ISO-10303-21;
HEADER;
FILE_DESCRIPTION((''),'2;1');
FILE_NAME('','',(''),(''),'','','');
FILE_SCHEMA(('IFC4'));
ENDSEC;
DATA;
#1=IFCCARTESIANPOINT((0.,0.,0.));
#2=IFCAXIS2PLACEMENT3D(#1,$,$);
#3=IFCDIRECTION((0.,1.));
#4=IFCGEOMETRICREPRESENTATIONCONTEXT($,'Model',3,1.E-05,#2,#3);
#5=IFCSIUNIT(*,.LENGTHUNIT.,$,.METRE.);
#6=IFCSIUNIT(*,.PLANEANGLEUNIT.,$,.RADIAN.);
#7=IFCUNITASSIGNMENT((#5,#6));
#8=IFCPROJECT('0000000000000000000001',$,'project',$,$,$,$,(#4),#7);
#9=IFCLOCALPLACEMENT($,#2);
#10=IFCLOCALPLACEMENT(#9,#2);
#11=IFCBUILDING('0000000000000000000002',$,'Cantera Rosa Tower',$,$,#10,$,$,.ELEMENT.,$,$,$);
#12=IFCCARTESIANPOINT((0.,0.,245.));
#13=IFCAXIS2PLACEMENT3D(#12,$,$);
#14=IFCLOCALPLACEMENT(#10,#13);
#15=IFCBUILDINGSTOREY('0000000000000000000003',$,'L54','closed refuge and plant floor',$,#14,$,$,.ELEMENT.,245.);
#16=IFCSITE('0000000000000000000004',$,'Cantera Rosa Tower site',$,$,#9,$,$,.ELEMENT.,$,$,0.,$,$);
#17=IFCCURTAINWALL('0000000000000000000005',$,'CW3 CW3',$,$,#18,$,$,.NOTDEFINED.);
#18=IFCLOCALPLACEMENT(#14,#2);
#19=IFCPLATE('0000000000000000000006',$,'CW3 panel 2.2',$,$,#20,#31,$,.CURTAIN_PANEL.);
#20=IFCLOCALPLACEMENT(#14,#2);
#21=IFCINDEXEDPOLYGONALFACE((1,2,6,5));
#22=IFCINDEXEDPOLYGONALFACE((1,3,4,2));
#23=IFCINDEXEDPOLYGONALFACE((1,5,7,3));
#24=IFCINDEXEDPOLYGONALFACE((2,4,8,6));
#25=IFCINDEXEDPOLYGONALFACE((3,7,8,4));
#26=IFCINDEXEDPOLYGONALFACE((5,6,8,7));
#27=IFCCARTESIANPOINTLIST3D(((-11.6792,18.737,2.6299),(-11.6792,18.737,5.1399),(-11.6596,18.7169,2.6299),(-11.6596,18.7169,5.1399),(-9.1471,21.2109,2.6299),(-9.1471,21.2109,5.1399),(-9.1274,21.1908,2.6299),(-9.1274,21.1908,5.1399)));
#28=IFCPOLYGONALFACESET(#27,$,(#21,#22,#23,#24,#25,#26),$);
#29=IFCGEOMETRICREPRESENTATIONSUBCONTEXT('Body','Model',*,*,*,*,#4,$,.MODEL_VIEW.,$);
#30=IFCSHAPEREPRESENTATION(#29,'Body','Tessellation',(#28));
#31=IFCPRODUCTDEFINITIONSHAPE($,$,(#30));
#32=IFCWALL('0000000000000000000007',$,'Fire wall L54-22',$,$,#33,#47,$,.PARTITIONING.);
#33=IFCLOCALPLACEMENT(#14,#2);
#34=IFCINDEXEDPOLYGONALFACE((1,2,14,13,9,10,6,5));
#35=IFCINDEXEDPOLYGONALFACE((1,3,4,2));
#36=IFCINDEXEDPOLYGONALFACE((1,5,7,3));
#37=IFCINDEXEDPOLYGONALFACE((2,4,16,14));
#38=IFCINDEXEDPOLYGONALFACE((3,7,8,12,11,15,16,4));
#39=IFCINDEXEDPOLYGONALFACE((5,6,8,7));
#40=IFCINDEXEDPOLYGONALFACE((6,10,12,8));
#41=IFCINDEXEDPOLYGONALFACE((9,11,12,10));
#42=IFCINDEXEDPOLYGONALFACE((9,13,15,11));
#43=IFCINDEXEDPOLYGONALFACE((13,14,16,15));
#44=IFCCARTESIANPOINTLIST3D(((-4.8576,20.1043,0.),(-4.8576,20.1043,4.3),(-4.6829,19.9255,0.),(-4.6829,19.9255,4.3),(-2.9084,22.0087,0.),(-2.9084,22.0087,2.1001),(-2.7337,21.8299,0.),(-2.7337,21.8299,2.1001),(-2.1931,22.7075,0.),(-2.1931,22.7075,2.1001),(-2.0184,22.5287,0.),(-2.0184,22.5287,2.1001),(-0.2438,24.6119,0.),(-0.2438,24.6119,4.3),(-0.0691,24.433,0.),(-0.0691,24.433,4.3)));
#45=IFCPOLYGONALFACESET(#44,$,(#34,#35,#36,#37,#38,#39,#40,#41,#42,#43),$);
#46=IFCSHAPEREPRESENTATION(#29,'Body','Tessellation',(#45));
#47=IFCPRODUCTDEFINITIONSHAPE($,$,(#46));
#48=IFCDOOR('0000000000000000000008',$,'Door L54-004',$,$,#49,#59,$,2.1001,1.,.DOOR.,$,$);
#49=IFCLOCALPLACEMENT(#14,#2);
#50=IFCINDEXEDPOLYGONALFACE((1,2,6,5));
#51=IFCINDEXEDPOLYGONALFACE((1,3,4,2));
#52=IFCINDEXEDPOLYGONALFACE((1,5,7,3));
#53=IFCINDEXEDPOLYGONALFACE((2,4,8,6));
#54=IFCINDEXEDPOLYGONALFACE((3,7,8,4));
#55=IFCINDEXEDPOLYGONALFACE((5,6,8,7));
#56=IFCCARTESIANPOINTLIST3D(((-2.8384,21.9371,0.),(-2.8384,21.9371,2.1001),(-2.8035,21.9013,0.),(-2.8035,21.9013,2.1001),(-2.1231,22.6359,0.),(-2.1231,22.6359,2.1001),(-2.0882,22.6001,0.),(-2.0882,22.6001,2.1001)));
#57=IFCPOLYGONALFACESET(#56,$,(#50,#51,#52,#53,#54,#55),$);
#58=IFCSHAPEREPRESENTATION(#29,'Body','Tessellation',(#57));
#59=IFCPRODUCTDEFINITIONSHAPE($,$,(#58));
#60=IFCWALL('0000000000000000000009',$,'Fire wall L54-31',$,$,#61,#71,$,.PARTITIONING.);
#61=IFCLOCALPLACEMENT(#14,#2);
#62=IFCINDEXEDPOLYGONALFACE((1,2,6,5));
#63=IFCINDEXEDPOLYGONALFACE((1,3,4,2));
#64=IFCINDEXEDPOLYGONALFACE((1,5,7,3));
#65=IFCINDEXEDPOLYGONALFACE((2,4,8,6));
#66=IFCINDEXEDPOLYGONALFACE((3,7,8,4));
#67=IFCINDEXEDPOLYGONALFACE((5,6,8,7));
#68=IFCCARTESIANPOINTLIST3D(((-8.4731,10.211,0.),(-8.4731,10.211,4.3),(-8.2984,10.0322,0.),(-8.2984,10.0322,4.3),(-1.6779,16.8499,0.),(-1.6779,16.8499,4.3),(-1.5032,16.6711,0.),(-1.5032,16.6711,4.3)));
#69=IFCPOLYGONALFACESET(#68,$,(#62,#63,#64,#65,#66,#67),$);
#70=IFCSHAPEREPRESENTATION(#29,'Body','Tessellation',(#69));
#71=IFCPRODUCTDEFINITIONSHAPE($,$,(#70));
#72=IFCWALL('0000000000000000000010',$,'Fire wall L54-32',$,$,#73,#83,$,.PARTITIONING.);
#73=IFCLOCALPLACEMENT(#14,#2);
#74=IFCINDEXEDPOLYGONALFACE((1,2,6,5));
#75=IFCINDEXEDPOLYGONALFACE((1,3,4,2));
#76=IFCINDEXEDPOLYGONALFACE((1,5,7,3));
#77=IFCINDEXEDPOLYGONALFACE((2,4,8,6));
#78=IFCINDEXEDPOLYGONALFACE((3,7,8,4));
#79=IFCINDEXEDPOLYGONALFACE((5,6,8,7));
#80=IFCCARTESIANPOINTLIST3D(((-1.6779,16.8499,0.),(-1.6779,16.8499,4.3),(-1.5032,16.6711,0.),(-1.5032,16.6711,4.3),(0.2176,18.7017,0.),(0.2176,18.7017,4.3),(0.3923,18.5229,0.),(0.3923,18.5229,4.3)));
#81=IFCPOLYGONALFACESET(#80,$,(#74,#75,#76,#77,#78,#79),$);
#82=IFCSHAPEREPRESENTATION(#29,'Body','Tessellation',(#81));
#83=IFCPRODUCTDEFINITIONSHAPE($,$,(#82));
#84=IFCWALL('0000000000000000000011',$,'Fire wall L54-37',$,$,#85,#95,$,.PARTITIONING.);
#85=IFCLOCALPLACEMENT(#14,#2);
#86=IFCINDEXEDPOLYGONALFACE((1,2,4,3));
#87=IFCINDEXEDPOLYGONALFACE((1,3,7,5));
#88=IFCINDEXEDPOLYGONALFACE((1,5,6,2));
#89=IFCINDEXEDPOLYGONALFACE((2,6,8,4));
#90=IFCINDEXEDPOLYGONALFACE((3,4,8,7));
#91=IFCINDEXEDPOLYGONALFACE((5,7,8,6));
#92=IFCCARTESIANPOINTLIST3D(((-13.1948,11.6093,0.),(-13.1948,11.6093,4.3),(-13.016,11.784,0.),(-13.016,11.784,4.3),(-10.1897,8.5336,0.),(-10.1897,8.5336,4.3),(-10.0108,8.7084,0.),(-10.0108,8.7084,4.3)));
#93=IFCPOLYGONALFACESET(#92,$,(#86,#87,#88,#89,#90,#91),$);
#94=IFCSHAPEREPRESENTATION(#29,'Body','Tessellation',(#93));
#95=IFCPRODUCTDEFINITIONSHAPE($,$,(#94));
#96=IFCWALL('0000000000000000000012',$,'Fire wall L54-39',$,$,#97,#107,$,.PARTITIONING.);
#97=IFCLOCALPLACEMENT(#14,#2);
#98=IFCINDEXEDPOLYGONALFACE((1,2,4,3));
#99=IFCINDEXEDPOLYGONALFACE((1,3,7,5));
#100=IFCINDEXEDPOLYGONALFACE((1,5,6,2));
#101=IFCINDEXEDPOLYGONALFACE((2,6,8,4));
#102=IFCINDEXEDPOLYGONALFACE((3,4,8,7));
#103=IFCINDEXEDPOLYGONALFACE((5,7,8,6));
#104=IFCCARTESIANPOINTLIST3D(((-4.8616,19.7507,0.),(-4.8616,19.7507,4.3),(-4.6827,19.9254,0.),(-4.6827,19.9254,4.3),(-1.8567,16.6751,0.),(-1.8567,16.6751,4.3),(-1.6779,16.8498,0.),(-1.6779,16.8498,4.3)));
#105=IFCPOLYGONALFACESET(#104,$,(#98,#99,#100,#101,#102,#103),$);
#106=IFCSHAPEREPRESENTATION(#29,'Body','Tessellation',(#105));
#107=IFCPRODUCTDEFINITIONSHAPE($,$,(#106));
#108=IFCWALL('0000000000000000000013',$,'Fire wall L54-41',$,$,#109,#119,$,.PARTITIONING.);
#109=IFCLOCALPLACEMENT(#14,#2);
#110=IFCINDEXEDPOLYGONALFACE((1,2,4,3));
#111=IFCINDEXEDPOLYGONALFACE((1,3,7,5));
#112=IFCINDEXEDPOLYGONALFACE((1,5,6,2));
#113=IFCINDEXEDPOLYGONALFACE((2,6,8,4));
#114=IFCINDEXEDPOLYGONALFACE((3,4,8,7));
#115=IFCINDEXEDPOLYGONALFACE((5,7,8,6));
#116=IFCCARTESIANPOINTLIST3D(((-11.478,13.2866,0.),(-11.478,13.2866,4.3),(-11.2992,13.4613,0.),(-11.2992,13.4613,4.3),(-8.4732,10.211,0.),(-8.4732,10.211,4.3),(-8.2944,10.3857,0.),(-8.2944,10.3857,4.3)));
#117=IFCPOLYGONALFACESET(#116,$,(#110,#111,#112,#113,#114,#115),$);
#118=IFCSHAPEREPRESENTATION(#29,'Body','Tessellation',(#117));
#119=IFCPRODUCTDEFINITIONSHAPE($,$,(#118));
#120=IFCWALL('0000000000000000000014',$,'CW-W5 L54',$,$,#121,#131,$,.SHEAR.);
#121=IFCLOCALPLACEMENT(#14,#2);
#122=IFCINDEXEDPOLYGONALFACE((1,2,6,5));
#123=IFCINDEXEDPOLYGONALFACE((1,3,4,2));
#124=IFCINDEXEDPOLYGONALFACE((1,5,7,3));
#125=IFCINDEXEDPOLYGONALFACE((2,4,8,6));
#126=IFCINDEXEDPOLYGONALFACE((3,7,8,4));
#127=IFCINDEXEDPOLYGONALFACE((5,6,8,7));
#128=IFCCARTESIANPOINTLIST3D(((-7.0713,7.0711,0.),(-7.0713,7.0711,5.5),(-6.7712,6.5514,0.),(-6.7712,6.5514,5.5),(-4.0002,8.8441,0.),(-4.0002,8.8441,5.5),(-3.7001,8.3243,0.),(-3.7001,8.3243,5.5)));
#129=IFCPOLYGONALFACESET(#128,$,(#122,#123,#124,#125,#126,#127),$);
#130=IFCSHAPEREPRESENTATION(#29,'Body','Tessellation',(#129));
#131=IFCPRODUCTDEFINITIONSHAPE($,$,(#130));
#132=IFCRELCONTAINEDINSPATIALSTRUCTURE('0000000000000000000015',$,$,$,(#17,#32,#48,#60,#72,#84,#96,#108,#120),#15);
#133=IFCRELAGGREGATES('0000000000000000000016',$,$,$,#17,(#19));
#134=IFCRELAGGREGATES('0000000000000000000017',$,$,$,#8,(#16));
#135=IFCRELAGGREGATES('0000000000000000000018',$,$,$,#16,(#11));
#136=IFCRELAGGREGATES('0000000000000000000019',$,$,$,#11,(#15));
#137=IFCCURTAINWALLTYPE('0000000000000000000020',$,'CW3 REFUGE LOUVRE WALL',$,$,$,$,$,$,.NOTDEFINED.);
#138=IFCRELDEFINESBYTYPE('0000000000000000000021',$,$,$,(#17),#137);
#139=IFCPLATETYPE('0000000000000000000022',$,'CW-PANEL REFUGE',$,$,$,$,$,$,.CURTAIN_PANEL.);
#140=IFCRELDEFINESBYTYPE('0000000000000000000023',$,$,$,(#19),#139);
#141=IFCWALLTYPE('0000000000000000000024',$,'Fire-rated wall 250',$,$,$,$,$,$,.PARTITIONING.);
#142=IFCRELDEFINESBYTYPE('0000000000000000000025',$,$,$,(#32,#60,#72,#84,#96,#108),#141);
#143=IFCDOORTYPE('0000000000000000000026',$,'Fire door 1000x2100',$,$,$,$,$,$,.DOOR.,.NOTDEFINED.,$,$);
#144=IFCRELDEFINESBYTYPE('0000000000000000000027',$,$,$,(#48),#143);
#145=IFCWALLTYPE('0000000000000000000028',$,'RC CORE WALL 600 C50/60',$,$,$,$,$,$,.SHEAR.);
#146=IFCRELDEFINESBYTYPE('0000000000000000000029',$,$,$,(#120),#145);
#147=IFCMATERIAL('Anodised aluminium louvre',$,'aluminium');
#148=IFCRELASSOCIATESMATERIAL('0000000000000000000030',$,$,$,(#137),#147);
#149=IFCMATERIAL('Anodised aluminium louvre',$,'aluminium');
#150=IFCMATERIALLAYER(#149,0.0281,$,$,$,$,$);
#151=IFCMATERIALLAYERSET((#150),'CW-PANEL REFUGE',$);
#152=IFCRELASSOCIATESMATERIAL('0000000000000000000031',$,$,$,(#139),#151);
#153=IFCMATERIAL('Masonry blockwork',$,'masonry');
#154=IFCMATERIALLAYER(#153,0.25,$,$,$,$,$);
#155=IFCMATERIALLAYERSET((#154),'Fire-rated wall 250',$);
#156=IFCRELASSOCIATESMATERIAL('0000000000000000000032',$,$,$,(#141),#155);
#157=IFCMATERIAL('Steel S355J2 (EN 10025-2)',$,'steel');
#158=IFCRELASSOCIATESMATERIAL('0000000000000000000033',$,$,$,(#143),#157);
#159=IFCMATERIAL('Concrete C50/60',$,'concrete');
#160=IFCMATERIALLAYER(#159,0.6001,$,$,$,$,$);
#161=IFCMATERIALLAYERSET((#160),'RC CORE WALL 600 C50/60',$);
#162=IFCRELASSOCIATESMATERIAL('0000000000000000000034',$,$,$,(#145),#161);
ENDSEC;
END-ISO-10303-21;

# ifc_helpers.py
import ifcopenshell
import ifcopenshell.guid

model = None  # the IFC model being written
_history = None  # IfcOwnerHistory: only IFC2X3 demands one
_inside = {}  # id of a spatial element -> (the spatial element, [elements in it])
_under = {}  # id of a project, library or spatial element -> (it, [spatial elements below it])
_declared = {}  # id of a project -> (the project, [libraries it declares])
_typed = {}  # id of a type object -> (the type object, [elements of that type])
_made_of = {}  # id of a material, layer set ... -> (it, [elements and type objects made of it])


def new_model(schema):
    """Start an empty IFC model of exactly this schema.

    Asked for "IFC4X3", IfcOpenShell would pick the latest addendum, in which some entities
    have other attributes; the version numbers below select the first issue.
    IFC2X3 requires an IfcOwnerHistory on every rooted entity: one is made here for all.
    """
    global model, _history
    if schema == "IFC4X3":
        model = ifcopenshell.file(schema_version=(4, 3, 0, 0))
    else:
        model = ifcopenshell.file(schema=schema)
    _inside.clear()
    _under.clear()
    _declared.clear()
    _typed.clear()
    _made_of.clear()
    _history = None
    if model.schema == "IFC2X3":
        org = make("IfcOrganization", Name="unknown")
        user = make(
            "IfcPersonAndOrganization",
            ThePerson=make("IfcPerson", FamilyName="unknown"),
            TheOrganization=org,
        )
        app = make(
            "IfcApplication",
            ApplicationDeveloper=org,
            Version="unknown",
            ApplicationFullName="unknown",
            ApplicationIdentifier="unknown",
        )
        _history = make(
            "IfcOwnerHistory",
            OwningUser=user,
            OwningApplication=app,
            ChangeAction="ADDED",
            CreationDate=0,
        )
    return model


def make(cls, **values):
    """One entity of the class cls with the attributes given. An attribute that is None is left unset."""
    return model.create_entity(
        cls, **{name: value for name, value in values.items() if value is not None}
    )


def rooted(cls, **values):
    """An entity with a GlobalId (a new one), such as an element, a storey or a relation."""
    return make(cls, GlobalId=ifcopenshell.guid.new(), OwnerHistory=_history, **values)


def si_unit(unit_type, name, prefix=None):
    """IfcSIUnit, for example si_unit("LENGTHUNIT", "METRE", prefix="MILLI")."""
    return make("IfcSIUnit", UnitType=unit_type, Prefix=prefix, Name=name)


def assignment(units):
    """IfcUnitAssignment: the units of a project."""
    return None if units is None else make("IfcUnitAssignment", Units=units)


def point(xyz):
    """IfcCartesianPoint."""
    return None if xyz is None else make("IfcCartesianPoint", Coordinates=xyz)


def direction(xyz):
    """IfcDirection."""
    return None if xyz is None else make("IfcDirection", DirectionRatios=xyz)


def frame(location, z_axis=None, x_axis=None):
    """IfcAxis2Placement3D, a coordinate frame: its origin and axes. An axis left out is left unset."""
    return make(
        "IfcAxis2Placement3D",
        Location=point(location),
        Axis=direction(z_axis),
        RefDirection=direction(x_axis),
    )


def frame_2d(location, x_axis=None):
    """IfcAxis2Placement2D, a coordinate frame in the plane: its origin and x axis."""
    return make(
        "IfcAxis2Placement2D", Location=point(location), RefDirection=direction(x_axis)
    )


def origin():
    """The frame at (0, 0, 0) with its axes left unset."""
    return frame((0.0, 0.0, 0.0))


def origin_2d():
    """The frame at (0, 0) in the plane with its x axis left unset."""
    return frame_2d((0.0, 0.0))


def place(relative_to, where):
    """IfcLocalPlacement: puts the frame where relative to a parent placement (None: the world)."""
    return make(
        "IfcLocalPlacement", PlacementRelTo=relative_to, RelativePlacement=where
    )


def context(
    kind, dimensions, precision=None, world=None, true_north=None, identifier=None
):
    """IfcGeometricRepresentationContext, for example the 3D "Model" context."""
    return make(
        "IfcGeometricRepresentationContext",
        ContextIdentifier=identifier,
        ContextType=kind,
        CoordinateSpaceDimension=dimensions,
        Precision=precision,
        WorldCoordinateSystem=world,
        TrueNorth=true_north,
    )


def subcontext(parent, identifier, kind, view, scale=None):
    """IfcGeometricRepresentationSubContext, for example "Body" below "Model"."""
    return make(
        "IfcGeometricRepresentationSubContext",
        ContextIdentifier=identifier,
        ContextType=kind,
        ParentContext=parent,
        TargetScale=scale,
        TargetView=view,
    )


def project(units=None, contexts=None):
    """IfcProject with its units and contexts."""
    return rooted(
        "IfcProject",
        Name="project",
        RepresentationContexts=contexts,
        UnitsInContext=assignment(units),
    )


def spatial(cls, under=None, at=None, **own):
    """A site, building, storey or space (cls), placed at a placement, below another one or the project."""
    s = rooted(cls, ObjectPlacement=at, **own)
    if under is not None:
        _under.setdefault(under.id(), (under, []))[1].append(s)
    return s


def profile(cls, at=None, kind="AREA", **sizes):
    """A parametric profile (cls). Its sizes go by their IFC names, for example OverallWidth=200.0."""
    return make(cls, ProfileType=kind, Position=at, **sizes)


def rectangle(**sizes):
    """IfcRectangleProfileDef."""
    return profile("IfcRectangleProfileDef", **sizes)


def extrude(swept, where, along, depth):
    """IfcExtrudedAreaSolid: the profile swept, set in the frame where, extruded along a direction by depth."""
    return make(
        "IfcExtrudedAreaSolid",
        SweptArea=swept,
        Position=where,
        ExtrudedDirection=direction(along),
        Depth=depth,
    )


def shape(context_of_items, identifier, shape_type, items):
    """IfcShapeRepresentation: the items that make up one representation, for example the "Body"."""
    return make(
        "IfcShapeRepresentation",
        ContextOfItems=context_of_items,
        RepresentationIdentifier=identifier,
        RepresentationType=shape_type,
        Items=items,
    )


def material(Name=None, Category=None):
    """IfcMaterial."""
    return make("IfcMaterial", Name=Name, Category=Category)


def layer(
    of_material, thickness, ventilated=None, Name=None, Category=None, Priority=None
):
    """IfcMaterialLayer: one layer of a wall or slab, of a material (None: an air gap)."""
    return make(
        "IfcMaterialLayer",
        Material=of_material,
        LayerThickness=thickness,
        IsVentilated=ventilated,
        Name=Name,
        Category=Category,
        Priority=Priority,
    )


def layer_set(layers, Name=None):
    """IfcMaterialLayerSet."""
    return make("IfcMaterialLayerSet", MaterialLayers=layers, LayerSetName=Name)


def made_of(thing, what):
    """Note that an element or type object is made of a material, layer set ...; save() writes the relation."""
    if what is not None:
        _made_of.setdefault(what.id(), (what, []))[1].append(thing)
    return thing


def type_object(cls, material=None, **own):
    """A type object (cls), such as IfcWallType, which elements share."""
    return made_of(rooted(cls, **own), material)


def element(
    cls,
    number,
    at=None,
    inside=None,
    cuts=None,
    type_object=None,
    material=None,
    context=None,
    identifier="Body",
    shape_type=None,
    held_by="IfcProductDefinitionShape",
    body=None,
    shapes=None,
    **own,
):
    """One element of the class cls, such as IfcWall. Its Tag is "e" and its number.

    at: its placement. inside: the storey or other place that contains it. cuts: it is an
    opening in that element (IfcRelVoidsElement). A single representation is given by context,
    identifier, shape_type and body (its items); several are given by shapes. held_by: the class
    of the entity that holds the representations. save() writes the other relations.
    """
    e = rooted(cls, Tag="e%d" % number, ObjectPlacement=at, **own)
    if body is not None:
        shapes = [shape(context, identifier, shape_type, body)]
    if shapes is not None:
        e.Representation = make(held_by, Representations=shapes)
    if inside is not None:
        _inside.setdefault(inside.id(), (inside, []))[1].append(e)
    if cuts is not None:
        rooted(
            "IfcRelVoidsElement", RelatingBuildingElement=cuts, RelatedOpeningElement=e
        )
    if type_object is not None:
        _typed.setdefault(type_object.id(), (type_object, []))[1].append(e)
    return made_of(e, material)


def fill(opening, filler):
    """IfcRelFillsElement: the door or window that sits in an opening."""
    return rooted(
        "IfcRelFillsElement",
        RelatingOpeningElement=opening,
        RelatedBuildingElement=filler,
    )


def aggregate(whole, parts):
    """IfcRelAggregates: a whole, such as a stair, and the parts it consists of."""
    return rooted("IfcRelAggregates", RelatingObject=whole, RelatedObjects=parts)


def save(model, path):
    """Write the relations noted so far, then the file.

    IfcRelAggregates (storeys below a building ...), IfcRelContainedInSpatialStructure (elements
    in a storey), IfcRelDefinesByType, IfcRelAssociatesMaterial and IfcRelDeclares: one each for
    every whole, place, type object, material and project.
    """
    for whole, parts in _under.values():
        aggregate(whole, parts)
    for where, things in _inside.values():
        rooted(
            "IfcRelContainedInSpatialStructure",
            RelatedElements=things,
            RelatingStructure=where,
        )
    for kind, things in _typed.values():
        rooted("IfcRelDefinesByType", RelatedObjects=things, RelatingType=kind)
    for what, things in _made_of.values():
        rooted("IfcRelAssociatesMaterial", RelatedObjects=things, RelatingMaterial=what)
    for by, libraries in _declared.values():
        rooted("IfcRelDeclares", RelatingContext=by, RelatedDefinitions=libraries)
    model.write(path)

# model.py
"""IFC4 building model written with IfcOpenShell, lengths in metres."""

from ifc_helpers import new_model, si_unit, direction, frame, frame_2d, origin, origin_2d, place, context, subcontext, project, spatial, rectangle, extrude, material, layer, layer_set, type_object, element, fill, aggregate, save


model = new_model("IFC4")

# Units and contexts
model_context = context("Model", 3, precision=1e-05, world=origin(), true_north=direction((0.0, 1.0)))
body_context = subcontext(model_context, "Body", "Model", "MODEL_VIEW")
ifc_project = project(units=[si_unit("LENGTHUNIT", "METRE"), si_unit("PLANEANGLEUNIT", "RADIAN")], contexts=[model_context])

# Site, building, storey
site_placement = place(None, origin())
site = spatial("IfcSite", under=ifc_project, at=site_placement, Name="Cantera Rosa Tower site", CompositionType="ELEMENT", RefElevation=0.0)
building_placement = place(site_placement, origin())
building = spatial("IfcBuilding", under=site, at=building_placement, Name="Cantera Rosa Tower", CompositionType="ELEMENT")
storey_placement = place(building_placement, frame((0.0, 0.0, 245.0)))
storey = spatial("IfcBuildingStorey", under=building, at=storey_placement, Name="L54", Description="closed refuge and plant floor", CompositionType="ELEMENT", Elevation=245.0)

# Curtain wall
ifc_material_1 = material(Name="Anodised aluminium louvre", Category="aluminium")
curtain_wall_type = type_object("IfcCurtainWallType", Name="CW3 REFUGE LOUVRE WALL", PredefinedType="NOTDEFINED", material=ifc_material_1)
curtain_wall_placement = place(storey_placement, origin())
curtain_wall = element("IfcCurtainWall", 1, at=curtain_wall_placement, inside=storey, type_object=curtain_wall_type, Name="CW3 CW3", PredefinedType="NOTDEFINED")

# Plate
ifc_material_2 = material(Name="Anodised aluminium louvre", Category="aluminium")
ifc_layer_1 = layer(ifc_material_2, 0.0281)
ifc_layer_set_1 = layer_set([ifc_layer_1], Name="CW-PANEL REFUGE")
plate_type = type_object("IfcPlateType", Name="CW-PANEL REFUGE", PredefinedType="CURTAIN_PANEL", material=ifc_layer_set_1)
plate_1_placement = place(storey_placement, frame((-10.4033, 19.9639, 2.6299), z_axis=(0.0, 0.0, 1.0), x_axis=(-0.715286, -0.698832, 0.0)))
plate_1 = element("IfcPlate", 2, at=plate_1_placement, type_object=plate_type, Name="CW3 panel 2.2", PredefinedType="CURTAIN_PANEL", context=body_context, shape_type="SweptSolid", body=[
    extrude(rectangle(XDim=3.54, YDim=0.0281, at=origin_2d()), origin(), (0.0, 0.0, 1.0), 2.51),
])
aggregate(curtain_wall, [plate_1])

# Wall, opening, door
ifc_material_3 = material(Name="Masonry blockwork", Category="masonry")
ifc_layer_2 = layer(ifc_material_3, 0.25)
ifc_layer_set_2 = layer_set([ifc_layer_2], Name="Fire-rated wall 250")
wall_type_1 = type_object("IfcWallType", Name="Fire-rated wall 250", PredefinedType="PARTITIONING", material=ifc_layer_set_2)
wall_1_placement = place(storey_placement, frame((-4.7703, 20.0149, 0.0), z_axis=(0.0, 0.0, 1.0), x_axis=(0.715291, 0.698826, 0.0)))
wall_1 = element("IfcWall", 3, at=wall_1_placement, inside=storey, type_object=wall_type_1, Name="Fire wall L54-22", PredefinedType="PARTITIONING", context=body_context, shape_type="SweptSolid", body=[
    extrude(rectangle(XDim=6.4502, YDim=0.25, at=frame_2d((3.2251, 0.0))), origin(), (0.0, 0.0, 1.0), 4.3),
])
opening_1_placement = place(wall_1_placement, frame((2.7251, 0.0, 0.0)))
opening_1 = element("IfcOpeningElement", 4, at=opening_1_placement, cuts=wall_1, PredefinedType="OPENING", context=body_context, shape_type="SweptSolid", body=[
    extrude(rectangle(XDim=1.0, YDim=2.1001, at=frame_2d((0.5, 1.05))), frame((0.0, 0.135, 0.0), z_axis=(0.0, -1.0, 0.0), x_axis=(1.0, 0.0, 0.0)), (0.0, 0.0, 1.0), 0.27),
])
ifc_material_4 = material(Name="Steel S355J2 (EN 10025-2)", Category="steel")
door_type_1 = type_object("IfcDoorType", Name="Fire door 1000x2100", OperationType="NOTDEFINED", PredefinedType="DOOR", material=ifc_material_4)
door_1_placement = place(opening_1_placement, origin())
door_1 = element("IfcDoor", 5, at=door_1_placement, inside=storey, type_object=door_type_1, Name="Door L54-004", OverallHeight=2.1001, OverallWidth=1.0, PredefinedType="DOOR", context=body_context, shape_type="SweptSolid", body=[
    extrude(rectangle(XDim=1.0, YDim=2.1001, at=frame_2d((0.5, 1.05))), frame((0.0, 0.0249, 0.0), z_axis=(0.0, -1.0, 0.0), x_axis=(1.0, 0.0, 0.0)), (0.0, 0.0, 1.0), 0.05),
])
fill(opening_1, door_1)

# Walls
wall_2_placement = place(storey_placement, frame((-8.3857, 10.1216, 0.0), z_axis=(0.0, 0.0, 1.0), x_axis=(0.715283, 0.698835, 0.0)))
element("IfcWall", 6, at=wall_2_placement, inside=storey, type_object=wall_type_1, Name="Fire wall L54-31", PredefinedType="PARTITIONING", context=body_context, shape_type="SweptSolid", body=[
    extrude(rectangle(XDim=9.5, YDim=0.25, at=frame_2d((4.75, 0.0))), origin(), (0.0, 0.0, 1.0), 4.3),
])
wall_3_placement = place(storey_placement, frame((-1.5906, 16.7605, 0.0), z_axis=(0.0, 0.0, 1.0), x_axis=(0.715304, 0.698813, 0.0)))
element("IfcWall", 7, at=wall_3_placement, inside=storey, type_object=wall_type_1, Name="Fire wall L54-32", PredefinedType="PARTITIONING", context=body_context, shape_type="SweptSolid", body=[
    extrude(rectangle(XDim=2.6499, YDim=0.25, at=frame_2d((1.325, 0.0))), origin(), (0.0, 0.0, 1.0), 4.3),
])
wall_4_placement = place(storey_placement, frame((-10.1003, 8.6211, 0.0), z_axis=(0.0, 0.0, 1.0), x_axis=(-0.698855, 0.715263, 0.0)))
element("IfcWall", 8, at=wall_4_placement, inside=storey, type_object=wall_type_1, Name="Fire wall L54-37", PredefinedType="PARTITIONING", context=body_context, shape_type="SweptSolid", body=[
    extrude(rectangle(XDim=4.3, YDim=0.25, at=frame_2d((2.1499, 0.0))), origin(), (0.0, 0.0, 1.0), 4.3),
])
for number, where, z_axis, x_axis, name in (
    (9, (-1.7673, 16.7625, 0.0), (0.0, 0.0, 1.0), (-0.698826, 0.715292, 0.0), "Fire wall L54-39"),
    (10, (-8.3838, 10.2983, 0.0), (0.0, 0.0, 1.0), (-0.698826, 0.715292, 0.0), "Fire wall L54-41"),
):
    element("IfcWall", number, at=place(storey_placement, frame(where, z_axis=z_axis, x_axis=x_axis)), inside=storey, type_object=wall_type_1, Name=name, PredefinedType="PARTITIONING", context=body_context, shape_type="SweptSolid", body=[
        extrude(rectangle(XDim=4.2998, YDim=0.25, at=frame_2d((2.1499, 0.0))), origin(), (0.0, 0.0, 1.0), 4.3),
    ])
ifc_material_5 = material(Name="Concrete C50/60", Category="concrete")
ifc_layer_3 = layer(ifc_material_5, 0.6001)
ifc_layer_set_3 = layer_set([ifc_layer_3], Name="RC CORE WALL 600 C50/60")
wall_type_2 = type_object("IfcWallType", Name="RC CORE WALL 600 C50/60", PredefinedType="SHEAR", material=ifc_layer_set_3)
wall_5_placement = place(storey_placement, frame((-6.9211, 6.8113, 0.0), z_axis=(0.0, 0.0, 1.0), x_axis=(0.86604, 0.499975, 0.0)))
element("IfcWall", 11, at=wall_5_placement, inside=storey, type_object=wall_type_2, Name="CW-W5 L54", PredefinedType="SHEAR", context=body_context, shape_type="SweptSolid", body=[
    extrude(rectangle(XDim=3.5461, YDim=0.6001, at=frame_2d((1.7729, 0.0))), origin(), (0.0, 0.0, 1.0), 5.5),
])

save(model, "model.ifc")
